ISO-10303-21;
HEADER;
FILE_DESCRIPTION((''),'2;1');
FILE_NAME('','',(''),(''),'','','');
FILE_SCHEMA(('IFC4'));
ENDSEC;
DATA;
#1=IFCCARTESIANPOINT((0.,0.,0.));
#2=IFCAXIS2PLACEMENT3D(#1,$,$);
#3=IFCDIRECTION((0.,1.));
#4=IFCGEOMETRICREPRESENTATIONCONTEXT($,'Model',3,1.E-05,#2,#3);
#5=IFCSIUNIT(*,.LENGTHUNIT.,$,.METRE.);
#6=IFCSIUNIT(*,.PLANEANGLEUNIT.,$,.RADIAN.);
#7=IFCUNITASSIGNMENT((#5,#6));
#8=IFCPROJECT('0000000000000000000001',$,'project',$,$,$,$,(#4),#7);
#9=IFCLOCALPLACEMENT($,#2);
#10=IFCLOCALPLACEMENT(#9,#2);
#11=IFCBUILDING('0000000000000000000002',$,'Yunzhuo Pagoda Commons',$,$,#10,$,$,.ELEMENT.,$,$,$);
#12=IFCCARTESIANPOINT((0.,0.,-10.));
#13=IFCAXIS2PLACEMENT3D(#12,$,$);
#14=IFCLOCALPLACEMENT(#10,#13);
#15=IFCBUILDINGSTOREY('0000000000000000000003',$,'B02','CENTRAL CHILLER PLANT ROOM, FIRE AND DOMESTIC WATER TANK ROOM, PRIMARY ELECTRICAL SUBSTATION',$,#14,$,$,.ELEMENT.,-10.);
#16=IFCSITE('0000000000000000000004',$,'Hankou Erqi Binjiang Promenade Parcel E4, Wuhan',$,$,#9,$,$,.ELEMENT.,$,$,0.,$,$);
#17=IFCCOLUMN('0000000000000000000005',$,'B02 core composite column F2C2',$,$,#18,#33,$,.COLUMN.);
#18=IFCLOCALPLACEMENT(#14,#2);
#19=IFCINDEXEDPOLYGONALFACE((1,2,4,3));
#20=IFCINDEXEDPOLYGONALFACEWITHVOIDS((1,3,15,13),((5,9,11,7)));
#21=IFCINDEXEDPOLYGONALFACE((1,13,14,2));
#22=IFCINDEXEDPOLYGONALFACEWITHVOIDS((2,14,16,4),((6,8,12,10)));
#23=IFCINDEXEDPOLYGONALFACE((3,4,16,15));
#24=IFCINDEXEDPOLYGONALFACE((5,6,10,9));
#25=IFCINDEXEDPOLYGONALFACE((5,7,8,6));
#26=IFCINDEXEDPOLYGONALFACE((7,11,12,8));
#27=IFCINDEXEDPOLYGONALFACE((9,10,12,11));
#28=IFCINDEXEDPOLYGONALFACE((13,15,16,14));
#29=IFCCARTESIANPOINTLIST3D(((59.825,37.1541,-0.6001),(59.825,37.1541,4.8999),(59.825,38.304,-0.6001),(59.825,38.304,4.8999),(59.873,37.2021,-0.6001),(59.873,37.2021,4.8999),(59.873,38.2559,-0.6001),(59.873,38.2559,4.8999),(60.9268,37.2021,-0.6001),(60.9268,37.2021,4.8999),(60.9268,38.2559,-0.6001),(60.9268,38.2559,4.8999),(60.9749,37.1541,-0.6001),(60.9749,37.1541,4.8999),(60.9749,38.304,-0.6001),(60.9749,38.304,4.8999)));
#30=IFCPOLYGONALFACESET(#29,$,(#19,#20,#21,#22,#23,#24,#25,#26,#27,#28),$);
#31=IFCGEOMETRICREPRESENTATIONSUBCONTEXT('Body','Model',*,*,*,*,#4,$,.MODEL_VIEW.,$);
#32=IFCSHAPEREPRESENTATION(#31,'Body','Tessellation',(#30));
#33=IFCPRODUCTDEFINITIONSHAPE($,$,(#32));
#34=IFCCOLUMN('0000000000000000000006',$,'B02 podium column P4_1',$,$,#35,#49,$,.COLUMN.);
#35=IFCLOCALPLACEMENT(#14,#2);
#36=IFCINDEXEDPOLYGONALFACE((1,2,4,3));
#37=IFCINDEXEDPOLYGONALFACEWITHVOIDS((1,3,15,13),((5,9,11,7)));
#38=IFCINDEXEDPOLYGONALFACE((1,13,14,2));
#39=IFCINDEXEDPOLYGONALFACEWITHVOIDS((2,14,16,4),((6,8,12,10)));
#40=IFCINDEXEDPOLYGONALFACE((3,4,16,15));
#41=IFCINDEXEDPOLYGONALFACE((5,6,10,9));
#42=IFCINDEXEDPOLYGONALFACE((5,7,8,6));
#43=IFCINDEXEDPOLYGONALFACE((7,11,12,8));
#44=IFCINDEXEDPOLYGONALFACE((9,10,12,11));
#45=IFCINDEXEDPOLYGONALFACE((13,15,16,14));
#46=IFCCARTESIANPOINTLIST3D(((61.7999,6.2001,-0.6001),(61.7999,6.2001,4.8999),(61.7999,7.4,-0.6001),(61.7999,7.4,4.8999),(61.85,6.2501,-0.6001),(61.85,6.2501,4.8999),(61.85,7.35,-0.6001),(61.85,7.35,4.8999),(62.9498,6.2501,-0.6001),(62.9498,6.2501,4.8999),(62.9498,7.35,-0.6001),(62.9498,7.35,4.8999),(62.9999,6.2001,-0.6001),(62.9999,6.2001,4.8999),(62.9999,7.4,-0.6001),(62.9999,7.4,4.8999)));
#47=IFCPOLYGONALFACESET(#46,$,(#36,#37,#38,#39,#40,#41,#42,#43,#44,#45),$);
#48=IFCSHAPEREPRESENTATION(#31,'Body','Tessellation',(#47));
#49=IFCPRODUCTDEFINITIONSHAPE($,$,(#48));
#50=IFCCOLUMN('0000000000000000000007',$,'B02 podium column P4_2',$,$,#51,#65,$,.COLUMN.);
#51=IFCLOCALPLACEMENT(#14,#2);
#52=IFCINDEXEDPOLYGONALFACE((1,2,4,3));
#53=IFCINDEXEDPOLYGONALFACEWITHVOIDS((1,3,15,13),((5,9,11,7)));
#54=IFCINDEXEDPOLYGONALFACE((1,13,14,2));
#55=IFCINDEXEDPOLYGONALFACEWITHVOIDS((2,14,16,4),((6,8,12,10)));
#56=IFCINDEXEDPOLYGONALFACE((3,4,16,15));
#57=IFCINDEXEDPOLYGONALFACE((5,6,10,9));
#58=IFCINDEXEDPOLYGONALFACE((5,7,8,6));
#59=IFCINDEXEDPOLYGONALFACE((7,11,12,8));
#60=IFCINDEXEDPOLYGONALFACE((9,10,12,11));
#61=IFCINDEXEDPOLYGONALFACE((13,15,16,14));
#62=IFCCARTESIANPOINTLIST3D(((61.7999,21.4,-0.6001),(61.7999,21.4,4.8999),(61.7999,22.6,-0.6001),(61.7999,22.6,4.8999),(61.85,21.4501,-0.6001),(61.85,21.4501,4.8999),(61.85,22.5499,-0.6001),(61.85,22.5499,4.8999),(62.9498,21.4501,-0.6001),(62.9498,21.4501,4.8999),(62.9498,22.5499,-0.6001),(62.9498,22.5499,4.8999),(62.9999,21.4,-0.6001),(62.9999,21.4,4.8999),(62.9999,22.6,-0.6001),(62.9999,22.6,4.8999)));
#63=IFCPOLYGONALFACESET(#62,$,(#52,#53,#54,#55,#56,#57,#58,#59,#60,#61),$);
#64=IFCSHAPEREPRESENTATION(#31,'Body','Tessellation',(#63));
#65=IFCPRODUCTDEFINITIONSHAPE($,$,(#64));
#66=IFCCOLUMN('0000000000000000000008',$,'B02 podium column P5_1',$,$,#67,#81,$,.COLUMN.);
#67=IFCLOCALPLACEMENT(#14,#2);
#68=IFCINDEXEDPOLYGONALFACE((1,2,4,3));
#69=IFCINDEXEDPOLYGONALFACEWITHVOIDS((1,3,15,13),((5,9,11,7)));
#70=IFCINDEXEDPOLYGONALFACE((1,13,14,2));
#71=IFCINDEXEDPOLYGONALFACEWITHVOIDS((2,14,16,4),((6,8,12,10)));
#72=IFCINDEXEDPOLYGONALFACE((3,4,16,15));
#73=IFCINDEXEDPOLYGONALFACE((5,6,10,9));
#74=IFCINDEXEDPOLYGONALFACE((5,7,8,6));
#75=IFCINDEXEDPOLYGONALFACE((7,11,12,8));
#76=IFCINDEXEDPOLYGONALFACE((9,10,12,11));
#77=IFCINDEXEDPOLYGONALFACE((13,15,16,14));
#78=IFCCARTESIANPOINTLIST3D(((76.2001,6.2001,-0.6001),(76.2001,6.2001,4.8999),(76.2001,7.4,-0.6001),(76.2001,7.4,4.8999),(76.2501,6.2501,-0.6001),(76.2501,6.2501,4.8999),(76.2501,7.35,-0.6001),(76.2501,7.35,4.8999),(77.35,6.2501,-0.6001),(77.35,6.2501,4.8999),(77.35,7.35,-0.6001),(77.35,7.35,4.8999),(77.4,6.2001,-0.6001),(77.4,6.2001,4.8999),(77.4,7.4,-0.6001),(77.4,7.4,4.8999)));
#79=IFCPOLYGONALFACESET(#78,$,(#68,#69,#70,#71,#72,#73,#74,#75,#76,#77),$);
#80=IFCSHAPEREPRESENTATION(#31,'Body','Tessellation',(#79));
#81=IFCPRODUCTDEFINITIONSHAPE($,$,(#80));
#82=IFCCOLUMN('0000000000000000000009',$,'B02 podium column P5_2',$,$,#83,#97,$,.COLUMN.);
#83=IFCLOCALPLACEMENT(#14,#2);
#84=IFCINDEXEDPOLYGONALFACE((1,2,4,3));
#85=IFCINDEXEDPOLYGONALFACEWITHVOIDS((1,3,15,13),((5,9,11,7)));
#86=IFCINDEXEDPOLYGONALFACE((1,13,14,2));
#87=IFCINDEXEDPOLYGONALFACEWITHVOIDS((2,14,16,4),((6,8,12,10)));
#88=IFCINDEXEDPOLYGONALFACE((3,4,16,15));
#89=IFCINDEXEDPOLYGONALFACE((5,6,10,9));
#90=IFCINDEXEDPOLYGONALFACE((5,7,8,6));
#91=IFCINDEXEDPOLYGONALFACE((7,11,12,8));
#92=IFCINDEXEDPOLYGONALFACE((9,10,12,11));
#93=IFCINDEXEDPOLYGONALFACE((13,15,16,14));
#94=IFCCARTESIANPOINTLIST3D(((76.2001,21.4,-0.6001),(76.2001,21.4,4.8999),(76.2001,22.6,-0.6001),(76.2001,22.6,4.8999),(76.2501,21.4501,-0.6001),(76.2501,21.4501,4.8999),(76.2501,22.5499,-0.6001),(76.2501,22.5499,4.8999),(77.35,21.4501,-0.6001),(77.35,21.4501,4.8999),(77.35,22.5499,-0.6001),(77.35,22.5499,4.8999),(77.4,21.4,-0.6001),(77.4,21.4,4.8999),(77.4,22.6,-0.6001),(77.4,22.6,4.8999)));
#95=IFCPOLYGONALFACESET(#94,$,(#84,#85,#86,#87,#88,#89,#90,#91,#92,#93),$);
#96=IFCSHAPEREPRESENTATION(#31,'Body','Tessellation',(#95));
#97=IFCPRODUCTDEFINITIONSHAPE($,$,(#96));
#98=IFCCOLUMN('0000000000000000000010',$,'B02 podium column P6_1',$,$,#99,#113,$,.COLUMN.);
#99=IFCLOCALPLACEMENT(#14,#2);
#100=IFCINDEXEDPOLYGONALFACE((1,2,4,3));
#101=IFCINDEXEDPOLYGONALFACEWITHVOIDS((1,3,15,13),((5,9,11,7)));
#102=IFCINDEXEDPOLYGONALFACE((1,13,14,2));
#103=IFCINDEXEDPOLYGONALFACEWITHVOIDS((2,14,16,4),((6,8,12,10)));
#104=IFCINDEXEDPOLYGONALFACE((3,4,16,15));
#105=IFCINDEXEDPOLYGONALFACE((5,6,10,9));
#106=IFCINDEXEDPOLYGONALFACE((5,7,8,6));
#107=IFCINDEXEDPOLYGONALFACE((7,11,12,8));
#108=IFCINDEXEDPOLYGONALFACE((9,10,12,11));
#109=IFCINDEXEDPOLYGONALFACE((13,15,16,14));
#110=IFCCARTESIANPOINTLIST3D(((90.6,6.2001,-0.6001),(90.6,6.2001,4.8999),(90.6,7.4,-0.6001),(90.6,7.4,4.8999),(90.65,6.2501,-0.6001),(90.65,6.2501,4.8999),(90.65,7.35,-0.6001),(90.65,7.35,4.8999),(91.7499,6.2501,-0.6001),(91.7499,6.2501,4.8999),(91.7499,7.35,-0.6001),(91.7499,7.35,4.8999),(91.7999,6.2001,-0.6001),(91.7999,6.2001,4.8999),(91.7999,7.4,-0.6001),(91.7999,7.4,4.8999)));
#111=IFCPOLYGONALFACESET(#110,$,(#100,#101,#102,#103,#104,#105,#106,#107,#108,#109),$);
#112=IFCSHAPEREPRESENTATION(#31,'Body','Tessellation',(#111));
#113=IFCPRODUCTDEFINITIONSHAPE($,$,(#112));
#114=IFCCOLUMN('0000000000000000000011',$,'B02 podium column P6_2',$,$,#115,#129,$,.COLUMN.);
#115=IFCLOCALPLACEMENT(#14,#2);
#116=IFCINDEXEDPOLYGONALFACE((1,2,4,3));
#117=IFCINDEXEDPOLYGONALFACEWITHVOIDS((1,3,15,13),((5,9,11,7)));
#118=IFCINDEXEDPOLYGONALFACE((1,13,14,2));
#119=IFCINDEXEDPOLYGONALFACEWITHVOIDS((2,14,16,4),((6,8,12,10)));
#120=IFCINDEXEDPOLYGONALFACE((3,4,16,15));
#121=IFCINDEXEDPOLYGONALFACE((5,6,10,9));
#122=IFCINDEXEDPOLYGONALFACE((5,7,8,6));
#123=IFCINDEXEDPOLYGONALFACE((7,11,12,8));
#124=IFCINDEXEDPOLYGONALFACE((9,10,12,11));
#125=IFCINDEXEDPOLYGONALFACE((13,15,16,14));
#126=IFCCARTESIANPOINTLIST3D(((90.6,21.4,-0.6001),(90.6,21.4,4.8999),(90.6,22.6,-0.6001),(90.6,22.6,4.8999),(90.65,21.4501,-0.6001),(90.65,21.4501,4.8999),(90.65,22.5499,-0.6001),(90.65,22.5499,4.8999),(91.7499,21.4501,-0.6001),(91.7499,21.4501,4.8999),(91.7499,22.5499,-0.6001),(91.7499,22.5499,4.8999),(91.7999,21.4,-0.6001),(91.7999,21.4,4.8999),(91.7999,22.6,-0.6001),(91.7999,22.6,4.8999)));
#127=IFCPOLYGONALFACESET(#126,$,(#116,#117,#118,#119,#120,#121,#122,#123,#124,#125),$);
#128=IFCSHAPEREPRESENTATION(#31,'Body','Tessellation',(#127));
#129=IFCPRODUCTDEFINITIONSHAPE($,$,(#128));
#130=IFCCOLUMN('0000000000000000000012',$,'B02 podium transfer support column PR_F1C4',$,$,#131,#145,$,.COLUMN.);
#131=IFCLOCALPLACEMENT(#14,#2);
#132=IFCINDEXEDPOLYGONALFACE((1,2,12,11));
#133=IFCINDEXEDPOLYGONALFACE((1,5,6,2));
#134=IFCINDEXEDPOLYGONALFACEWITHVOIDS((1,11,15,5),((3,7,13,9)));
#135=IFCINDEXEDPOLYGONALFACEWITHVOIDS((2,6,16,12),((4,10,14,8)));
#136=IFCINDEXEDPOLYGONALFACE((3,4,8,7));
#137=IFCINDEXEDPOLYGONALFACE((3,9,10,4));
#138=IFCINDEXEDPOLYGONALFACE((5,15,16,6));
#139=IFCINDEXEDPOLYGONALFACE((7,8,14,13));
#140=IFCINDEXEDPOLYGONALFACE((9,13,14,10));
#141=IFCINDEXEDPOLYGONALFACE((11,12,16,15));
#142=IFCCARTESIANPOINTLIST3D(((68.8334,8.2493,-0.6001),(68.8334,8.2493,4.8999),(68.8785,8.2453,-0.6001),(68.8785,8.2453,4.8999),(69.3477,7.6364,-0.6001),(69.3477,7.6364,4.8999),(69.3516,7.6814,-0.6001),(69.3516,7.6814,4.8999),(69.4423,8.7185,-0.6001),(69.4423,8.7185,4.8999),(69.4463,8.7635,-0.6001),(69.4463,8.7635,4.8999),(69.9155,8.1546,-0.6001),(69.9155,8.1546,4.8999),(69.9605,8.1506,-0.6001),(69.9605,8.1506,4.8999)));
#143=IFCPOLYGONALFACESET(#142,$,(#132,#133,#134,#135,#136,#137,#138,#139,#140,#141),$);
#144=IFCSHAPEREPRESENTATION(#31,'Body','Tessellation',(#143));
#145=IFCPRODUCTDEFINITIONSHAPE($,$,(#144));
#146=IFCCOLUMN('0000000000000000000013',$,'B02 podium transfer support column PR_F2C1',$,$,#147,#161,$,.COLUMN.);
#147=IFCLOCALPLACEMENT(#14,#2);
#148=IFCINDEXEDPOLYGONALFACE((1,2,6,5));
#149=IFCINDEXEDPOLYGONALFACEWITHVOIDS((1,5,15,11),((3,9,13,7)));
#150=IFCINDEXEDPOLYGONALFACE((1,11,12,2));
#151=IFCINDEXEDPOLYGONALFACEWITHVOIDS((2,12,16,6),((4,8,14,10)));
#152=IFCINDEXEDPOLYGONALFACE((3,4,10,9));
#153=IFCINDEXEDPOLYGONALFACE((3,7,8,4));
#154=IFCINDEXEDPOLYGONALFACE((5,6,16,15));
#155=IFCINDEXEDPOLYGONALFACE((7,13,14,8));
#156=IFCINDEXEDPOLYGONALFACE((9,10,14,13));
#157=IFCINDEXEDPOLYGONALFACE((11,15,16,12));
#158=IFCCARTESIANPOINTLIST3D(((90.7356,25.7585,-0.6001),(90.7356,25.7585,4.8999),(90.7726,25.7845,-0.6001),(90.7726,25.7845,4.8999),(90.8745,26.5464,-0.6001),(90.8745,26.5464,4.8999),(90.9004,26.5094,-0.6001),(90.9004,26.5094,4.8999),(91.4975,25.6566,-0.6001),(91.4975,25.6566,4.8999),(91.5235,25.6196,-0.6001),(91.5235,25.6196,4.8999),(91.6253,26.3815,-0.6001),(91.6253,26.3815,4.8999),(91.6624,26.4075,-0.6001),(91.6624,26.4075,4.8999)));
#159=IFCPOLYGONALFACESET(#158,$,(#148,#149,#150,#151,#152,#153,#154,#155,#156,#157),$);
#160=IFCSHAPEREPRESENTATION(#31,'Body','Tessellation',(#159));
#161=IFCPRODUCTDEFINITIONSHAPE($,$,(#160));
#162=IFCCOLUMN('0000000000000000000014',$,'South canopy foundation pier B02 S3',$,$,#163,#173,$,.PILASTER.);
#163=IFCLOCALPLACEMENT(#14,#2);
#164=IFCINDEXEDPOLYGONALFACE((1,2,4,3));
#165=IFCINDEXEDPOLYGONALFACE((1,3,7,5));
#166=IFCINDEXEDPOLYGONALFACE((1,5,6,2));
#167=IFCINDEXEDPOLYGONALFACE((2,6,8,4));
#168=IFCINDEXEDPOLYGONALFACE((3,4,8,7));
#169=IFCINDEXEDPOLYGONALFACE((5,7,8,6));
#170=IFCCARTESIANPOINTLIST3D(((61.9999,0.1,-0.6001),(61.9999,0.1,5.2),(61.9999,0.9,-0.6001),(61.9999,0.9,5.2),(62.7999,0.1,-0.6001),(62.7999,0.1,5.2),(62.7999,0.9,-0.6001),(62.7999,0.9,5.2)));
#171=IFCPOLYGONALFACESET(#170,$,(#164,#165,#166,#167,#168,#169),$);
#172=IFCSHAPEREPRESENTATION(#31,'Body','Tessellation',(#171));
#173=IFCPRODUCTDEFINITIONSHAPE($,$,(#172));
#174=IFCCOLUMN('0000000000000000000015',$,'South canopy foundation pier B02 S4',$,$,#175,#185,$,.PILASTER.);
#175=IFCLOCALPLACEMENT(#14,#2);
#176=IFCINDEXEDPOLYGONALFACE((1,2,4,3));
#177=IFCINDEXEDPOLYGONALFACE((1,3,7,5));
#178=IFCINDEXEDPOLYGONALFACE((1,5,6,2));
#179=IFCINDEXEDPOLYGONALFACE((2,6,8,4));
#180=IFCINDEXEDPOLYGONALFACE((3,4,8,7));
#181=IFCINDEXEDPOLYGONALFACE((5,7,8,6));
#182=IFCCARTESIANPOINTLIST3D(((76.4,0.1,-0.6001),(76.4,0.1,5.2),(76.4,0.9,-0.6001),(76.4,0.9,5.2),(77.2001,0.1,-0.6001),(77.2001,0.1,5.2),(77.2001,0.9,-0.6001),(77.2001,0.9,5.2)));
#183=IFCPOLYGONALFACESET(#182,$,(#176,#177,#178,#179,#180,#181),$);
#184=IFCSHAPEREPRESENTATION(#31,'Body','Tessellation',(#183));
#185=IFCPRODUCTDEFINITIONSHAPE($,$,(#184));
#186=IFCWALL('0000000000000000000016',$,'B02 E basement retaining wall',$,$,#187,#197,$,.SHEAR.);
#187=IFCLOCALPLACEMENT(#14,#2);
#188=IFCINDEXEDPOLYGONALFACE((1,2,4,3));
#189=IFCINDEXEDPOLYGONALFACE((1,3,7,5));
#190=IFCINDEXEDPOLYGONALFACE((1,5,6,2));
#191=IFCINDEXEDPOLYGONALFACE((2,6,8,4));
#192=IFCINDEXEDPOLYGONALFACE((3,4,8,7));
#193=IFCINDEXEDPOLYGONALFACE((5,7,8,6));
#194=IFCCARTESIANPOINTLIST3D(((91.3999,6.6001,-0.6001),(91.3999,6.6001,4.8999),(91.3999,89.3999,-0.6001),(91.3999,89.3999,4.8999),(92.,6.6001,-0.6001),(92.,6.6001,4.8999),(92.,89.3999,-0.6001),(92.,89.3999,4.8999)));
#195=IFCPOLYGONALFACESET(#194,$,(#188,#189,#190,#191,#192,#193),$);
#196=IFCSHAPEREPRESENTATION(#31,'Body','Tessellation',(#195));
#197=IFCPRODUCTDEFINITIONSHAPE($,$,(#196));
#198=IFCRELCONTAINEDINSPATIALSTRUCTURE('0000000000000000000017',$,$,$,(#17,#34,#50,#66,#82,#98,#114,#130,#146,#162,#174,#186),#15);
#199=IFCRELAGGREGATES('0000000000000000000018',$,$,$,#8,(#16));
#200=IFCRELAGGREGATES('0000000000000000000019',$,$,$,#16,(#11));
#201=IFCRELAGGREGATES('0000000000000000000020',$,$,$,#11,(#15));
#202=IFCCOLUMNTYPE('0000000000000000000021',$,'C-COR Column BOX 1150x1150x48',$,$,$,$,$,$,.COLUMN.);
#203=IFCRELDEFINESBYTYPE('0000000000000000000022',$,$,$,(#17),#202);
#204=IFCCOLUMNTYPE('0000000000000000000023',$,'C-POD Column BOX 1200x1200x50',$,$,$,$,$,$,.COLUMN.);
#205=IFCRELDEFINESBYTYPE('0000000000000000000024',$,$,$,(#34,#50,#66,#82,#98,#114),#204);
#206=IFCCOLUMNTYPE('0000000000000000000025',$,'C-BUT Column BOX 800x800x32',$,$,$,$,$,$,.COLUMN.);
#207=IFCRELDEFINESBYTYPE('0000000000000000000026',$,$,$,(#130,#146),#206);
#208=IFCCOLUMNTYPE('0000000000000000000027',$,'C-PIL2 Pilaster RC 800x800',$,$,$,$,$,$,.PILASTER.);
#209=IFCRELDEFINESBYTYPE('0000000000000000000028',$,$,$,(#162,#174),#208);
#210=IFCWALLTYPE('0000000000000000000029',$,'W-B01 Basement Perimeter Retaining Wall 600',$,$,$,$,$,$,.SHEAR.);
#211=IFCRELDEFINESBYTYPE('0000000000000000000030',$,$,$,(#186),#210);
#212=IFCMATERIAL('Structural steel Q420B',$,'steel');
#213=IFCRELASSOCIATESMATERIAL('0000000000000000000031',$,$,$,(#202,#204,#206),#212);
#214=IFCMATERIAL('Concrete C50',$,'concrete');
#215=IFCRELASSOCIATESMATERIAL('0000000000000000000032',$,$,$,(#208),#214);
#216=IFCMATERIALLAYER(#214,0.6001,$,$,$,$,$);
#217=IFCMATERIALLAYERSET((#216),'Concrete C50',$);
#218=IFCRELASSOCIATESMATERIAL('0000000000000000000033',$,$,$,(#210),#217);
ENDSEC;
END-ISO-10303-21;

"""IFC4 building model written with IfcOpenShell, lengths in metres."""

from ifc_helpers import new_model, si_unit, direction, frame, frame_2d, origin, origin_2d, place, context, subcontext, project, spatial, rectangle, hollow_rectangle, extrude, source, transform, mapped, material, layer, layer_set, material_profile, profile_set, type_object, element, save


model = new_model("IFC4")

# Units and contexts
model_context = context("Model", 3, precision=1e-05, world=origin(), true_north=direction((0.0, 1.0)))
body_context = subcontext(model_context, "Body", "Model", "MODEL_VIEW")
ifc_project = project(units=[si_unit("LENGTHUNIT", "METRE"), si_unit("PLANEANGLEUNIT", "RADIAN")], contexts=[model_context])

# Site, building, storey
site_placement = place(None, origin())
site = spatial("IfcSite", under=ifc_project, at=site_placement, Name="Hankou Erqi Binjiang Promenade Parcel E4, Wuhan", CompositionType="ELEMENT", RefElevation=0.0)
building_placement = place(site_placement, origin())
building = spatial("IfcBuilding", under=site, at=building_placement, Name="Yunzhuo Pagoda Commons", CompositionType="ELEMENT")
storey_placement = place(building_placement, frame((0.0, 0.0, -10.0)))
storey = spatial("IfcBuildingStorey", under=building, at=storey_placement, Name="B02", Description="CENTRAL CHILLER PLANT ROOM, FIRE AND DOMESTIC WATER TANK ROOM, PRIMARY ELECTRICAL SUBSTATION", CompositionType="ELEMENT", Elevation=-10.0)

# Shared definitions
ifc_material_1 = material(Name="Concrete C50", Category="concrete")

# Columns
ifc_material_2 = material(Name="Structural steel Q420B", Category="steel")
ifc_material_profile_1 = material_profile(ifc_material_2, hollow_rectangle(XDim=1.1499, YDim=1.1499, WallThickness=0.0481, at=origin_2d()), Name="Structural steel Q420B")
ifc_profile_set_1 = profile_set([ifc_material_profile_1], Name="Structural steel Q420B")
column_type_1 = type_object("IfcColumnType", Name="C-COR Column BOX 1150x1150x48", PredefinedType="COLUMN", material=ifc_profile_set_1)
shared_shape_1 = source(origin(), body_context, "Body", "SweptSolid", [
    extrude(hollow_rectangle(XDim=1.1499, YDim=1.1499, WallThickness=0.0481, at=origin_2d()), origin(), (0.0, 0.0, 1.0), 5.5),
])
for number, where, z_axis, x_axis, name in (
    (1, (60.3999, 37.729, -0.6001), (0.0, 0.0, 1.0), (1.0, 0.0, 0.0), "B02 core composite column F2C2"),
):
    element("IfcColumn", number, at=place(storey_placement, frame(where, z_axis=z_axis, x_axis=x_axis)), inside=storey, type_object=column_type_1, Name=name, PredefinedType="COLUMN", context=body_context, shape_type="MappedRepresentation", body=[
        mapped(shared_shape_1, transform((0.0, 0.0, 0.0), scale=1.0)),
    ])
ifc_material_profile_2 = material_profile(ifc_material_2, hollow_rectangle(XDim=1.2, YDim=1.2, WallThickness=0.05, at=origin_2d()), Name="Structural steel Q420B")
ifc_profile_set_2 = profile_set([ifc_material_profile_2], Name="Structural steel Q420B")
column_type_2 = type_object("IfcColumnType", Name="C-POD Column BOX 1200x1200x50", PredefinedType="COLUMN", material=ifc_profile_set_2)
shared_shape_2 = source(origin(), body_context, "Body", "SweptSolid", [
    extrude(hollow_rectangle(XDim=1.2, YDim=1.2, WallThickness=0.05, at=origin_2d()), origin(), (0.0, 0.0, 1.0), 5.5),
])
for number, where, z_axis, x_axis, name in (
    (2, (62.3999, 6.8, -0.6001), (0.0, 0.0, 1.0), (1.0, 0.0, 0.0), "B02 podium column P4_1"),
    (3, (62.3999, 22.0, -0.6001), (0.0, 0.0, 1.0), (1.0, 0.0, 0.0), "B02 podium column P4_2"),
    (4, (76.8, 6.8, -0.6001), (0.0, 0.0, 1.0), (1.0, 0.0, 0.0), "B02 podium column P5_1"),
    (5, (76.8, 22.0, -0.6001), (0.0, 0.0, 1.0), (1.0, 0.0, 0.0), "B02 podium column P5_2"),
    (6, (91.2, 6.8, -0.6001), (0.0, 0.0, 1.0), (1.0, 0.0, 0.0), "B02 podium column P6_1"),
    (7, (91.2, 22.0, -0.6001), (0.0, 0.0, 1.0), (1.0, 0.0, 0.0), "B02 podium column P6_2"),
):
    element("IfcColumn", number, at=place(storey_placement, frame(where, z_axis=z_axis, x_axis=x_axis)), inside=storey, type_object=column_type_2, Name=name, PredefinedType="COLUMN", context=body_context, shape_type="MappedRepresentation", body=[
        mapped(shared_shape_2, transform((0.0, 0.0, 0.0), scale=1.0)),
    ])
ifc_material_profile_3 = material_profile(ifc_material_2, hollow_rectangle(XDim=0.8, YDim=0.8, WallThickness=0.032, at=origin_2d()), Name="Structural steel Q420B")
ifc_profile_set_3 = profile_set([ifc_material_profile_3], Name="Structural steel Q420B")
column_type_3 = type_object("IfcColumnType", Name="C-BUT Column BOX 800x800x32", PredefinedType="COLUMN", material=ifc_profile_set_3)
shared_shape_3 = source(origin(), body_context, "Body", "SweptSolid", [
    extrude(hollow_rectangle(XDim=0.8, YDim=0.8, WallThickness=0.032, at=origin_2d()), origin(), (0.0, 0.0, 1.0), 5.5),
])
for number, where, z_axis, x_axis, name in (
    (8, (69.397, 8.2, -0.6001), (0.0, 0.0, 1.0), (0.766044, 0.642788, 0.0), "B02 podium transfer support column PR_F1C4"),
    (9, (91.199, 26.083, -0.6001), (0.0, 0.0, 1.0), (0.173648, 0.984808, 0.0), "B02 podium transfer support column PR_F2C1"),
):
    element("IfcColumn", number, at=place(storey_placement, frame(where, z_axis=z_axis, x_axis=x_axis)), inside=storey, type_object=column_type_3, Name=name, PredefinedType="COLUMN", context=body_context, shape_type="MappedRepresentation", body=[
        mapped(shared_shape_3, transform((0.0, 0.0, 0.0), scale=1.0)),
    ])
ifc_material_profile_4 = material_profile(ifc_material_1, rectangle(XDim=0.8, YDim=0.8, at=origin_2d()), Name="Concrete C50")
ifc_profile_set_4 = profile_set([ifc_material_profile_4], Name="Concrete C50")
column_type_4 = type_object("IfcColumnType", Name="C-PIL2 Pilaster RC 800x800", PredefinedType="PILASTER", material=ifc_profile_set_4)
shared_shape_4 = source(origin(), body_context, "Body", "SweptSolid", [
    extrude(rectangle(XDim=0.8, YDim=0.8, at=origin_2d()), origin(), (0.0, 0.0, 1.0), 5.8),
])
for number, where, z_axis, x_axis, name in (
    (10, (62.3999, 0.5, -0.6001), (0.0, 0.0, 1.0), (1.0, 0.0, 0.0), "South canopy foundation pier B02 S3"),
    (11, (76.8, 0.5, -0.6001), (0.0, 0.0, 1.0), (1.0, 0.0, 0.0), "South canopy foundation pier B02 S4"),
):
    element("IfcColumn", number, at=place(storey_placement, frame(where, z_axis=z_axis, x_axis=x_axis)), inside=storey, type_object=column_type_4, Name=name, PredefinedType="PILASTER", context=body_context, shape_type="MappedRepresentation", body=[
        mapped(shared_shape_4, transform((0.0, 0.0, 0.0), scale=1.0)),
    ])

# Wall
ifc_layer_1 = layer(ifc_material_1, 0.6001)
ifc_layer_set_1 = layer_set([ifc_layer_1], Name="Concrete C50")
wall_type_1 = type_object("IfcWallType", Name="W-B01 Basement Perimeter Retaining Wall 600", PredefinedType="SHEAR", material=ifc_layer_set_1)
wall_1_placement = place(storey_placement, frame((91.7, 6.6001, -0.6001), z_axis=(0.0, 0.0, 1.0), x_axis=(0.0, 1.0, 0.0)))
element("IfcWall", 12, at=wall_1_placement, inside=storey, type_object=wall_type_1, Name="B02 E basement retaining wall", PredefinedType="SHEAR", context=body_context, shape_type="SweptSolid", body=[
    extrude(rectangle(XDim=82.7998, YDim=0.6001, at=frame_2d((41.3999, 0.0))), origin(), (0.0, 0.0, 1.0), 5.5),
])

save(model, "model.ifc")
